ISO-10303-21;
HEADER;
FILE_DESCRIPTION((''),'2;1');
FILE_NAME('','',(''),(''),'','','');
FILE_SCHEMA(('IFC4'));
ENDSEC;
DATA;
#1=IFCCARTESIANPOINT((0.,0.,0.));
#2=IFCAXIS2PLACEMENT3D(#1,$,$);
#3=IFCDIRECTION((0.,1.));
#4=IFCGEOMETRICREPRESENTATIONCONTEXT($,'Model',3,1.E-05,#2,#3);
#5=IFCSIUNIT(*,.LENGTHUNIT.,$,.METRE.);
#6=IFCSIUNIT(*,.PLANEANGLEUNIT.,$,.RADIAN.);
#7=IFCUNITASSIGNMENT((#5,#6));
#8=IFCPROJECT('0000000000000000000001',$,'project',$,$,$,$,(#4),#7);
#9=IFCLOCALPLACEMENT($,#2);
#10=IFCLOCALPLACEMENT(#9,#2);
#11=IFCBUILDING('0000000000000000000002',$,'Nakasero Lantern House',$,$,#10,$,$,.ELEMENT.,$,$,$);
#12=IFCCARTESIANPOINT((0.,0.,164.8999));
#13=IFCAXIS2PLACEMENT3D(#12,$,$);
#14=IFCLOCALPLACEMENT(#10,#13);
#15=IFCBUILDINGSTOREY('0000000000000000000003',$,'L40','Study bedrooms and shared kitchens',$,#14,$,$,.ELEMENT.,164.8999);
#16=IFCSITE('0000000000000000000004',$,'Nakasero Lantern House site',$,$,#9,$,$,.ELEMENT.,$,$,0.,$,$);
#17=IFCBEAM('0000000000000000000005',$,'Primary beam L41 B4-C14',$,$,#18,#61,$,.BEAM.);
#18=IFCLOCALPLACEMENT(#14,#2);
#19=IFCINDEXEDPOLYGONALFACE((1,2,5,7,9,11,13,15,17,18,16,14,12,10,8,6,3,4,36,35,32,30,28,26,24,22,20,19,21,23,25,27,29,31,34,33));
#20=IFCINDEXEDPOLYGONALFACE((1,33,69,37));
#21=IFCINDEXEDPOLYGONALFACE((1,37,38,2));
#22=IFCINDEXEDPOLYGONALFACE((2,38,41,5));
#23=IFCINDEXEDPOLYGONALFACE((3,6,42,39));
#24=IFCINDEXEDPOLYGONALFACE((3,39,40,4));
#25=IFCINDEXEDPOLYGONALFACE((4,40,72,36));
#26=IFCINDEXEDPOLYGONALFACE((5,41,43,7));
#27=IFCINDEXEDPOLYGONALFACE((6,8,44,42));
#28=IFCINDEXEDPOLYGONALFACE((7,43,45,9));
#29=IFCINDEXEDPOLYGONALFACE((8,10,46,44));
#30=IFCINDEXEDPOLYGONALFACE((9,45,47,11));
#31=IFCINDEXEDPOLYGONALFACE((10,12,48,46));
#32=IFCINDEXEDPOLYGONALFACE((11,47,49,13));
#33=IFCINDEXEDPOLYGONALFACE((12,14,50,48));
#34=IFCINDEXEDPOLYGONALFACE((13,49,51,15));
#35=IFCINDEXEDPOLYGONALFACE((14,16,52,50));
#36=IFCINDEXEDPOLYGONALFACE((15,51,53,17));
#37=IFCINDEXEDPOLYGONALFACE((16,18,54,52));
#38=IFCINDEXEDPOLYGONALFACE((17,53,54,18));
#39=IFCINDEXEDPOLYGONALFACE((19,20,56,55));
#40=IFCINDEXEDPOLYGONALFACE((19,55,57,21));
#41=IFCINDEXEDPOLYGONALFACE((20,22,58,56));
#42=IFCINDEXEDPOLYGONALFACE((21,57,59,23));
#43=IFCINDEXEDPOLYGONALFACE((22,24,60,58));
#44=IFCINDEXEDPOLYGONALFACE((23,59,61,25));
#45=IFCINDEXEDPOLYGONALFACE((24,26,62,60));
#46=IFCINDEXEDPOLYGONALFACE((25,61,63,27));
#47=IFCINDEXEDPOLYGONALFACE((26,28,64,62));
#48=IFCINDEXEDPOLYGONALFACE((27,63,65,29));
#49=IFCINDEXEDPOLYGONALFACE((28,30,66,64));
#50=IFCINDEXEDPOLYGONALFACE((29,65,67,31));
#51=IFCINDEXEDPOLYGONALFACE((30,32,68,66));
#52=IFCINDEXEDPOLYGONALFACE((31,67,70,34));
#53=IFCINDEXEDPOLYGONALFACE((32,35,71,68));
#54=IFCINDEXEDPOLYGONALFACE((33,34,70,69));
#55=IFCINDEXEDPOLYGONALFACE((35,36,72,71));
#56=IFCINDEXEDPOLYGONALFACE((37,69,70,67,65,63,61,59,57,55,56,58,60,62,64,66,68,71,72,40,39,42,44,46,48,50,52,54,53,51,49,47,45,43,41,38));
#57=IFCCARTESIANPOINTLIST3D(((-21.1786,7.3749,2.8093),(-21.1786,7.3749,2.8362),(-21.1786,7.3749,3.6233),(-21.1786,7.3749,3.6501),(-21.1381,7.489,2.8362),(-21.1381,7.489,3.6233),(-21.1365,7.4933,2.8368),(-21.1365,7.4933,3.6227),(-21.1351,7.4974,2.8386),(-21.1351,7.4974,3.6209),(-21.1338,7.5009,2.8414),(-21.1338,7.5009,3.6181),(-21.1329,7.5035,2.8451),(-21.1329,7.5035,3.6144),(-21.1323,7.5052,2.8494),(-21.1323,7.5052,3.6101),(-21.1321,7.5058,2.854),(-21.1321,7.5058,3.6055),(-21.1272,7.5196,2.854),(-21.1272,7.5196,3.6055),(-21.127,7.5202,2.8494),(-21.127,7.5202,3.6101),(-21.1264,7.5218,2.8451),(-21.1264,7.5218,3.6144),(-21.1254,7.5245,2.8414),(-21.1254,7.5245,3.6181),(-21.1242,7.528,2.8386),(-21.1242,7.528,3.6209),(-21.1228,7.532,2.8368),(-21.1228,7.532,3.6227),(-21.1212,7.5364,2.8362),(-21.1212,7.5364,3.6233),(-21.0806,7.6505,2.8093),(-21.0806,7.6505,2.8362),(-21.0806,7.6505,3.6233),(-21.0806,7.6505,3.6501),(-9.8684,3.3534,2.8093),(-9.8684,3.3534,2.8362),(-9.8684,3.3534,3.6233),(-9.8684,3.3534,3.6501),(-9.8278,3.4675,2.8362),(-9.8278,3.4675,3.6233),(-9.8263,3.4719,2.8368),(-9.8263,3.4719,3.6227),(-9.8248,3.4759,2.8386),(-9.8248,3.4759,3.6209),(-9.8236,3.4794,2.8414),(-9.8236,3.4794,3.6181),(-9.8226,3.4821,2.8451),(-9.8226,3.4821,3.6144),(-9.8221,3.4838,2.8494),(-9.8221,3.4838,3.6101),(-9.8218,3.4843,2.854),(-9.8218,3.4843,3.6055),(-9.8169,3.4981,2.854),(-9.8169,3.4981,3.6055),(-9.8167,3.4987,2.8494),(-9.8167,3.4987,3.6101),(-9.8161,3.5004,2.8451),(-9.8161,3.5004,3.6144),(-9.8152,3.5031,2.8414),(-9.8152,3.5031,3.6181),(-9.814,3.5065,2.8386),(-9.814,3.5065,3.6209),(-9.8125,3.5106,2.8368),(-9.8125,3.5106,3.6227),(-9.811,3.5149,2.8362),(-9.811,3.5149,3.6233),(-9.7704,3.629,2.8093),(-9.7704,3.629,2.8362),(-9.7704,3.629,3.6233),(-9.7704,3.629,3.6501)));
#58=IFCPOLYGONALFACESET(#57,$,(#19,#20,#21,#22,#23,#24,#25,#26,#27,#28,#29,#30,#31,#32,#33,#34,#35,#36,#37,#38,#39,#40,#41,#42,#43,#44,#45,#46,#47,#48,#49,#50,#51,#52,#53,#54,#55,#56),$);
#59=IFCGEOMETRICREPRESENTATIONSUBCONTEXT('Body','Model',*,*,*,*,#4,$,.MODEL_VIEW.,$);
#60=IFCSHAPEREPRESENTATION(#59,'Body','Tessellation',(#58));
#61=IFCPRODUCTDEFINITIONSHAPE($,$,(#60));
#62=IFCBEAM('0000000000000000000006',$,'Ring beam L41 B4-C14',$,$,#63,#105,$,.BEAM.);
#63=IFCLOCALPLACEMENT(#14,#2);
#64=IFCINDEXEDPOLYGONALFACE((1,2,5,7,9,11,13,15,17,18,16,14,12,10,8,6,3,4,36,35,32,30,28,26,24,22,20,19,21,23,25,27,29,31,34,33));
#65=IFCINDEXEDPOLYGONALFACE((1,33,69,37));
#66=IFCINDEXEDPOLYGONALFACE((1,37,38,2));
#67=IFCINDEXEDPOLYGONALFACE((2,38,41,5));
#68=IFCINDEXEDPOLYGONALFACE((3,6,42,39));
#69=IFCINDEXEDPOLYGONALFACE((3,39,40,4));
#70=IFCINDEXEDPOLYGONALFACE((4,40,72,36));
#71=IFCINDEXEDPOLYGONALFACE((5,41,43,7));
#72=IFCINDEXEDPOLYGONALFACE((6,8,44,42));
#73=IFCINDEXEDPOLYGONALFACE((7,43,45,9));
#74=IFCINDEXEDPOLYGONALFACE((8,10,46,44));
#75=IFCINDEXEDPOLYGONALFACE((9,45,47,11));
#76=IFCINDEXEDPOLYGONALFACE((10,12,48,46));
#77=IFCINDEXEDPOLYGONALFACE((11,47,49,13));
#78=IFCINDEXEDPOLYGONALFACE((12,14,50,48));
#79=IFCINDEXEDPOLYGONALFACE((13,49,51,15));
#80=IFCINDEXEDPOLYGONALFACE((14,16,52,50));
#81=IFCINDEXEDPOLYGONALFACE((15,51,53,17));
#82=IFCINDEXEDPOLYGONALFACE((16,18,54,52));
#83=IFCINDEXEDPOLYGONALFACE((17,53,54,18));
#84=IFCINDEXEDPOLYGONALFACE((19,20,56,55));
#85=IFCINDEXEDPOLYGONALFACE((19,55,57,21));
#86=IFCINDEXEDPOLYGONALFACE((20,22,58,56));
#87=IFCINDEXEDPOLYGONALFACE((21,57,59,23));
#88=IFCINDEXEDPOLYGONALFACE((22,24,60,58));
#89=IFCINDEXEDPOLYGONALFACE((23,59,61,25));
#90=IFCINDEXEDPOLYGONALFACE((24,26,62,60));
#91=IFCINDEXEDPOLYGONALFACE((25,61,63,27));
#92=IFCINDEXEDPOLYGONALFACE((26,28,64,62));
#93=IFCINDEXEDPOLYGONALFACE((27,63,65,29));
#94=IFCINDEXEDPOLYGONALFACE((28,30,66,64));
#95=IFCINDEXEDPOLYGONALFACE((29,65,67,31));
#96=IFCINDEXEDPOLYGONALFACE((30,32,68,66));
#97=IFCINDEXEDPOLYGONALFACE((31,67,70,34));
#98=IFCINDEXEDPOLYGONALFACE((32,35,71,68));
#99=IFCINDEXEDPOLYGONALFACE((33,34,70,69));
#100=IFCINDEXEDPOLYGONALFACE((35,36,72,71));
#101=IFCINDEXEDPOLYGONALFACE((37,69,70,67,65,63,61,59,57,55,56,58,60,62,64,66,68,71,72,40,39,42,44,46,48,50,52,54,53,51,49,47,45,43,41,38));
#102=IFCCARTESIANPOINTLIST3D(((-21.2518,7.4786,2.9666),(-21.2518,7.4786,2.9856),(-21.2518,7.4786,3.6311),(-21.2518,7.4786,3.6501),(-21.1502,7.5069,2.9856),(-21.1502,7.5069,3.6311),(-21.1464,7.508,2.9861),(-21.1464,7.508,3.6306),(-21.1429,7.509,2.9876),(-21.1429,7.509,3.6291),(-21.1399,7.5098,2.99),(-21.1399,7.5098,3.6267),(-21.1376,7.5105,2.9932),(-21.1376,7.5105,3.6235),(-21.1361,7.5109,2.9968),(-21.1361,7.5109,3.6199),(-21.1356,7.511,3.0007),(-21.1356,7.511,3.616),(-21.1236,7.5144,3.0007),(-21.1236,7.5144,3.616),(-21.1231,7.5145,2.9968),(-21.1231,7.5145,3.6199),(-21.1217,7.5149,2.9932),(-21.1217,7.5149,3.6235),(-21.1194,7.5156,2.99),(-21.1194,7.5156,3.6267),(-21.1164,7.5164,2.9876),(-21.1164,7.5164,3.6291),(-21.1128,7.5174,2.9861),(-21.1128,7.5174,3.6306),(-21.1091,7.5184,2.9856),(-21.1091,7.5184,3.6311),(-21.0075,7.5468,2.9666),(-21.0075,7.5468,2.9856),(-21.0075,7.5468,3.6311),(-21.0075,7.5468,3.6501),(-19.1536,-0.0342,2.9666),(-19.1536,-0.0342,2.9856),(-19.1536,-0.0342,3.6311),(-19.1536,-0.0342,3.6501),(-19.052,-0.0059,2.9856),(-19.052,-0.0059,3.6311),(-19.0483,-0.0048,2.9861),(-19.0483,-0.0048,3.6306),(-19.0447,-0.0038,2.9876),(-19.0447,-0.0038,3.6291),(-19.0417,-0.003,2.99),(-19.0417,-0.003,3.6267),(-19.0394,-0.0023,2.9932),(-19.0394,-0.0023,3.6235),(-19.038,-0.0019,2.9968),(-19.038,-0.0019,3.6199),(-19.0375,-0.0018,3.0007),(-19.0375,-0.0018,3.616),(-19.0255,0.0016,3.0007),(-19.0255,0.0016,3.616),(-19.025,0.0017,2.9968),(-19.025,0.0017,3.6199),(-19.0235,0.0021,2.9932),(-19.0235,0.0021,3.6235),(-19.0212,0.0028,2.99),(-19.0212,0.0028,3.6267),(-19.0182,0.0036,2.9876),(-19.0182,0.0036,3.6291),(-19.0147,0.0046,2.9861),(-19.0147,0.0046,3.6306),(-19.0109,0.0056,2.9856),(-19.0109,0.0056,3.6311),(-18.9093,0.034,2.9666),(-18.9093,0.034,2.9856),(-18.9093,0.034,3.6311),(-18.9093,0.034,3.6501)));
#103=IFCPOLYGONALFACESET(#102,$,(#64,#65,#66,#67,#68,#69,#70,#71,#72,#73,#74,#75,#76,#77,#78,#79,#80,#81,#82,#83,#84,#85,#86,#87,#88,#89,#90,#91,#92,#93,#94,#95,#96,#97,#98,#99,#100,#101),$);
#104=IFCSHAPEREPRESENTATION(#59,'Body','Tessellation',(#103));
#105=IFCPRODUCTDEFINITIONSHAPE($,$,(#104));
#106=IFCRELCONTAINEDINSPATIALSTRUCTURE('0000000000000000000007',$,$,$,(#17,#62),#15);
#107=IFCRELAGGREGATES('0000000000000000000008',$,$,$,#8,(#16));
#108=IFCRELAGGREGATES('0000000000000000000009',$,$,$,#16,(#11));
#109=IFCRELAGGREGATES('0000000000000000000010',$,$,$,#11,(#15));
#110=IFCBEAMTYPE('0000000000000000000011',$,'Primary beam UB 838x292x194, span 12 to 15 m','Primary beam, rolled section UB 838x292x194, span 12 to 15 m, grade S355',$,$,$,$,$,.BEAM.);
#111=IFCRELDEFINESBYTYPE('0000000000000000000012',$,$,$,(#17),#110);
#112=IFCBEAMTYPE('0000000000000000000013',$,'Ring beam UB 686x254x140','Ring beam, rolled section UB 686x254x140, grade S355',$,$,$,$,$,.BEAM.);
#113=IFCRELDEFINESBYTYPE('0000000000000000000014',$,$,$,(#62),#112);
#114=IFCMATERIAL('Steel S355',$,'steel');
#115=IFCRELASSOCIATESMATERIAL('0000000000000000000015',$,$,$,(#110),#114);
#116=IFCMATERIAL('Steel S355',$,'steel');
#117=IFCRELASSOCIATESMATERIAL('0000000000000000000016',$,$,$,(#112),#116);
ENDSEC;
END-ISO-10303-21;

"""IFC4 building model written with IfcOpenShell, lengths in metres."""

from ifc_helpers import new_model, si_unit, direction, frame, origin, origin_2d, place, context, subcontext, project, spatial, i_section, extrude, material, material_profile, profile_set, type_object, element, save


model = new_model("IFC4")

# Units and contexts
model_context = context("Model", 3, precision=1e-05, world=origin(), true_north=direction((0.0, 1.0)))
body_context = subcontext(model_context, "Body", "Model", "MODEL_VIEW")
ifc_project = project(units=[si_unit("LENGTHUNIT", "METRE"), si_unit("PLANEANGLEUNIT", "RADIAN")], contexts=[model_context])

# Site, building, storey
site_placement = place(None, origin())
site = spatial("IfcSite", under=ifc_project, at=site_placement, Name="Nakasero Lantern House site", CompositionType="ELEMENT", RefElevation=0.0)
building_placement = place(site_placement, origin())
building = spatial("IfcBuilding", under=site, at=building_placement, Name="Nakasero Lantern House", CompositionType="ELEMENT")
storey_placement = place(building_placement, frame((0.0, 0.0, 164.8999)))
storey = spatial("IfcBuildingStorey", under=building, at=storey_placement, Name="L40", Description="Study bedrooms and shared kitchens", CompositionType="ELEMENT", Elevation=164.8999)

# Beams
ifc_material_1 = material(Name="Steel S355", Category="steel")
ifc_material_profile_1 = material_profile(ifc_material_1, i_section(OverallWidth=0.2925, OverallDepth=0.8408, WebThickness=0.0146, FlangeThickness=0.0269, FilletRadius=0.0178, at=origin_2d()), Name="UB 838x292x194")
ifc_profile_set_1 = profile_set([ifc_material_profile_1], Name="Steel S355")
beam_type_1 = type_object("IfcBeamType", Name="Primary beam UB 838x292x194, span 12 to 15 m", Description="Primary beam, rolled section UB 838x292x194, span 12 to 15 m, grade S355", PredefinedType="BEAM", material=ifc_profile_set_1)
beam_1_placement = place(storey_placement, frame((-21.1296, 7.5127, 3.2297), z_axis=(0.942214, -0.335013, 0.0), x_axis=(0.335013, 0.942214, 0.0)))
element("IfcBeam", 1, at=beam_1_placement, inside=storey, type_object=beam_type_1, Name="Primary beam L41 B4-C14", PredefinedType="BEAM", context=body_context, shape_type="SweptSolid", body=[
    extrude(i_section(OverallWidth=0.2925, OverallDepth=0.8408, WebThickness=0.0146, FlangeThickness=0.0269, FilletRadius=0.0178, at=origin_2d()), origin(), (0.0, 0.0, 1.0), 12.0039),
])
ifc_material_2 = material(Name="Steel S355", Category="steel")
ifc_material_profile_2 = material_profile(ifc_material_2, i_section(OverallWidth=0.2537, OverallDepth=0.6836, WebThickness=0.0125, FlangeThickness=0.019, FilletRadius=0.0151, at=origin_2d()), Name="UB 686x254x140")
ifc_profile_set_2 = profile_set([ifc_material_profile_2], Name="Steel S355")
beam_type_2 = type_object("IfcBeamType", Name="Ring beam UB 686x254x140", Description="Ring beam, rolled section UB 686x254x140, grade S355", PredefinedType="BEAM", material=ifc_profile_set_2)
beam_2_placement = place(storey_placement, frame((-21.1296, 7.5127, 3.3083), z_axis=(0.268987, -0.963144, 0.0), x_axis=(0.963144, 0.268987, 0.0)))
element("IfcBeam", 2, at=beam_2_placement, inside=storey, type_object=beam_type_2, Name="Ring beam L41 B4-C14", PredefinedType="BEAM", context=body_context, shape_type="SweptSolid", body=[
    extrude(i_section(OverallWidth=0.2537, OverallDepth=0.6836, WebThickness=0.0125, FlangeThickness=0.019, FilletRadius=0.0151, at=origin_2d()), origin(), (0.0, 0.0, 1.0), 7.8003),
])

save(model, "model.ifc")
